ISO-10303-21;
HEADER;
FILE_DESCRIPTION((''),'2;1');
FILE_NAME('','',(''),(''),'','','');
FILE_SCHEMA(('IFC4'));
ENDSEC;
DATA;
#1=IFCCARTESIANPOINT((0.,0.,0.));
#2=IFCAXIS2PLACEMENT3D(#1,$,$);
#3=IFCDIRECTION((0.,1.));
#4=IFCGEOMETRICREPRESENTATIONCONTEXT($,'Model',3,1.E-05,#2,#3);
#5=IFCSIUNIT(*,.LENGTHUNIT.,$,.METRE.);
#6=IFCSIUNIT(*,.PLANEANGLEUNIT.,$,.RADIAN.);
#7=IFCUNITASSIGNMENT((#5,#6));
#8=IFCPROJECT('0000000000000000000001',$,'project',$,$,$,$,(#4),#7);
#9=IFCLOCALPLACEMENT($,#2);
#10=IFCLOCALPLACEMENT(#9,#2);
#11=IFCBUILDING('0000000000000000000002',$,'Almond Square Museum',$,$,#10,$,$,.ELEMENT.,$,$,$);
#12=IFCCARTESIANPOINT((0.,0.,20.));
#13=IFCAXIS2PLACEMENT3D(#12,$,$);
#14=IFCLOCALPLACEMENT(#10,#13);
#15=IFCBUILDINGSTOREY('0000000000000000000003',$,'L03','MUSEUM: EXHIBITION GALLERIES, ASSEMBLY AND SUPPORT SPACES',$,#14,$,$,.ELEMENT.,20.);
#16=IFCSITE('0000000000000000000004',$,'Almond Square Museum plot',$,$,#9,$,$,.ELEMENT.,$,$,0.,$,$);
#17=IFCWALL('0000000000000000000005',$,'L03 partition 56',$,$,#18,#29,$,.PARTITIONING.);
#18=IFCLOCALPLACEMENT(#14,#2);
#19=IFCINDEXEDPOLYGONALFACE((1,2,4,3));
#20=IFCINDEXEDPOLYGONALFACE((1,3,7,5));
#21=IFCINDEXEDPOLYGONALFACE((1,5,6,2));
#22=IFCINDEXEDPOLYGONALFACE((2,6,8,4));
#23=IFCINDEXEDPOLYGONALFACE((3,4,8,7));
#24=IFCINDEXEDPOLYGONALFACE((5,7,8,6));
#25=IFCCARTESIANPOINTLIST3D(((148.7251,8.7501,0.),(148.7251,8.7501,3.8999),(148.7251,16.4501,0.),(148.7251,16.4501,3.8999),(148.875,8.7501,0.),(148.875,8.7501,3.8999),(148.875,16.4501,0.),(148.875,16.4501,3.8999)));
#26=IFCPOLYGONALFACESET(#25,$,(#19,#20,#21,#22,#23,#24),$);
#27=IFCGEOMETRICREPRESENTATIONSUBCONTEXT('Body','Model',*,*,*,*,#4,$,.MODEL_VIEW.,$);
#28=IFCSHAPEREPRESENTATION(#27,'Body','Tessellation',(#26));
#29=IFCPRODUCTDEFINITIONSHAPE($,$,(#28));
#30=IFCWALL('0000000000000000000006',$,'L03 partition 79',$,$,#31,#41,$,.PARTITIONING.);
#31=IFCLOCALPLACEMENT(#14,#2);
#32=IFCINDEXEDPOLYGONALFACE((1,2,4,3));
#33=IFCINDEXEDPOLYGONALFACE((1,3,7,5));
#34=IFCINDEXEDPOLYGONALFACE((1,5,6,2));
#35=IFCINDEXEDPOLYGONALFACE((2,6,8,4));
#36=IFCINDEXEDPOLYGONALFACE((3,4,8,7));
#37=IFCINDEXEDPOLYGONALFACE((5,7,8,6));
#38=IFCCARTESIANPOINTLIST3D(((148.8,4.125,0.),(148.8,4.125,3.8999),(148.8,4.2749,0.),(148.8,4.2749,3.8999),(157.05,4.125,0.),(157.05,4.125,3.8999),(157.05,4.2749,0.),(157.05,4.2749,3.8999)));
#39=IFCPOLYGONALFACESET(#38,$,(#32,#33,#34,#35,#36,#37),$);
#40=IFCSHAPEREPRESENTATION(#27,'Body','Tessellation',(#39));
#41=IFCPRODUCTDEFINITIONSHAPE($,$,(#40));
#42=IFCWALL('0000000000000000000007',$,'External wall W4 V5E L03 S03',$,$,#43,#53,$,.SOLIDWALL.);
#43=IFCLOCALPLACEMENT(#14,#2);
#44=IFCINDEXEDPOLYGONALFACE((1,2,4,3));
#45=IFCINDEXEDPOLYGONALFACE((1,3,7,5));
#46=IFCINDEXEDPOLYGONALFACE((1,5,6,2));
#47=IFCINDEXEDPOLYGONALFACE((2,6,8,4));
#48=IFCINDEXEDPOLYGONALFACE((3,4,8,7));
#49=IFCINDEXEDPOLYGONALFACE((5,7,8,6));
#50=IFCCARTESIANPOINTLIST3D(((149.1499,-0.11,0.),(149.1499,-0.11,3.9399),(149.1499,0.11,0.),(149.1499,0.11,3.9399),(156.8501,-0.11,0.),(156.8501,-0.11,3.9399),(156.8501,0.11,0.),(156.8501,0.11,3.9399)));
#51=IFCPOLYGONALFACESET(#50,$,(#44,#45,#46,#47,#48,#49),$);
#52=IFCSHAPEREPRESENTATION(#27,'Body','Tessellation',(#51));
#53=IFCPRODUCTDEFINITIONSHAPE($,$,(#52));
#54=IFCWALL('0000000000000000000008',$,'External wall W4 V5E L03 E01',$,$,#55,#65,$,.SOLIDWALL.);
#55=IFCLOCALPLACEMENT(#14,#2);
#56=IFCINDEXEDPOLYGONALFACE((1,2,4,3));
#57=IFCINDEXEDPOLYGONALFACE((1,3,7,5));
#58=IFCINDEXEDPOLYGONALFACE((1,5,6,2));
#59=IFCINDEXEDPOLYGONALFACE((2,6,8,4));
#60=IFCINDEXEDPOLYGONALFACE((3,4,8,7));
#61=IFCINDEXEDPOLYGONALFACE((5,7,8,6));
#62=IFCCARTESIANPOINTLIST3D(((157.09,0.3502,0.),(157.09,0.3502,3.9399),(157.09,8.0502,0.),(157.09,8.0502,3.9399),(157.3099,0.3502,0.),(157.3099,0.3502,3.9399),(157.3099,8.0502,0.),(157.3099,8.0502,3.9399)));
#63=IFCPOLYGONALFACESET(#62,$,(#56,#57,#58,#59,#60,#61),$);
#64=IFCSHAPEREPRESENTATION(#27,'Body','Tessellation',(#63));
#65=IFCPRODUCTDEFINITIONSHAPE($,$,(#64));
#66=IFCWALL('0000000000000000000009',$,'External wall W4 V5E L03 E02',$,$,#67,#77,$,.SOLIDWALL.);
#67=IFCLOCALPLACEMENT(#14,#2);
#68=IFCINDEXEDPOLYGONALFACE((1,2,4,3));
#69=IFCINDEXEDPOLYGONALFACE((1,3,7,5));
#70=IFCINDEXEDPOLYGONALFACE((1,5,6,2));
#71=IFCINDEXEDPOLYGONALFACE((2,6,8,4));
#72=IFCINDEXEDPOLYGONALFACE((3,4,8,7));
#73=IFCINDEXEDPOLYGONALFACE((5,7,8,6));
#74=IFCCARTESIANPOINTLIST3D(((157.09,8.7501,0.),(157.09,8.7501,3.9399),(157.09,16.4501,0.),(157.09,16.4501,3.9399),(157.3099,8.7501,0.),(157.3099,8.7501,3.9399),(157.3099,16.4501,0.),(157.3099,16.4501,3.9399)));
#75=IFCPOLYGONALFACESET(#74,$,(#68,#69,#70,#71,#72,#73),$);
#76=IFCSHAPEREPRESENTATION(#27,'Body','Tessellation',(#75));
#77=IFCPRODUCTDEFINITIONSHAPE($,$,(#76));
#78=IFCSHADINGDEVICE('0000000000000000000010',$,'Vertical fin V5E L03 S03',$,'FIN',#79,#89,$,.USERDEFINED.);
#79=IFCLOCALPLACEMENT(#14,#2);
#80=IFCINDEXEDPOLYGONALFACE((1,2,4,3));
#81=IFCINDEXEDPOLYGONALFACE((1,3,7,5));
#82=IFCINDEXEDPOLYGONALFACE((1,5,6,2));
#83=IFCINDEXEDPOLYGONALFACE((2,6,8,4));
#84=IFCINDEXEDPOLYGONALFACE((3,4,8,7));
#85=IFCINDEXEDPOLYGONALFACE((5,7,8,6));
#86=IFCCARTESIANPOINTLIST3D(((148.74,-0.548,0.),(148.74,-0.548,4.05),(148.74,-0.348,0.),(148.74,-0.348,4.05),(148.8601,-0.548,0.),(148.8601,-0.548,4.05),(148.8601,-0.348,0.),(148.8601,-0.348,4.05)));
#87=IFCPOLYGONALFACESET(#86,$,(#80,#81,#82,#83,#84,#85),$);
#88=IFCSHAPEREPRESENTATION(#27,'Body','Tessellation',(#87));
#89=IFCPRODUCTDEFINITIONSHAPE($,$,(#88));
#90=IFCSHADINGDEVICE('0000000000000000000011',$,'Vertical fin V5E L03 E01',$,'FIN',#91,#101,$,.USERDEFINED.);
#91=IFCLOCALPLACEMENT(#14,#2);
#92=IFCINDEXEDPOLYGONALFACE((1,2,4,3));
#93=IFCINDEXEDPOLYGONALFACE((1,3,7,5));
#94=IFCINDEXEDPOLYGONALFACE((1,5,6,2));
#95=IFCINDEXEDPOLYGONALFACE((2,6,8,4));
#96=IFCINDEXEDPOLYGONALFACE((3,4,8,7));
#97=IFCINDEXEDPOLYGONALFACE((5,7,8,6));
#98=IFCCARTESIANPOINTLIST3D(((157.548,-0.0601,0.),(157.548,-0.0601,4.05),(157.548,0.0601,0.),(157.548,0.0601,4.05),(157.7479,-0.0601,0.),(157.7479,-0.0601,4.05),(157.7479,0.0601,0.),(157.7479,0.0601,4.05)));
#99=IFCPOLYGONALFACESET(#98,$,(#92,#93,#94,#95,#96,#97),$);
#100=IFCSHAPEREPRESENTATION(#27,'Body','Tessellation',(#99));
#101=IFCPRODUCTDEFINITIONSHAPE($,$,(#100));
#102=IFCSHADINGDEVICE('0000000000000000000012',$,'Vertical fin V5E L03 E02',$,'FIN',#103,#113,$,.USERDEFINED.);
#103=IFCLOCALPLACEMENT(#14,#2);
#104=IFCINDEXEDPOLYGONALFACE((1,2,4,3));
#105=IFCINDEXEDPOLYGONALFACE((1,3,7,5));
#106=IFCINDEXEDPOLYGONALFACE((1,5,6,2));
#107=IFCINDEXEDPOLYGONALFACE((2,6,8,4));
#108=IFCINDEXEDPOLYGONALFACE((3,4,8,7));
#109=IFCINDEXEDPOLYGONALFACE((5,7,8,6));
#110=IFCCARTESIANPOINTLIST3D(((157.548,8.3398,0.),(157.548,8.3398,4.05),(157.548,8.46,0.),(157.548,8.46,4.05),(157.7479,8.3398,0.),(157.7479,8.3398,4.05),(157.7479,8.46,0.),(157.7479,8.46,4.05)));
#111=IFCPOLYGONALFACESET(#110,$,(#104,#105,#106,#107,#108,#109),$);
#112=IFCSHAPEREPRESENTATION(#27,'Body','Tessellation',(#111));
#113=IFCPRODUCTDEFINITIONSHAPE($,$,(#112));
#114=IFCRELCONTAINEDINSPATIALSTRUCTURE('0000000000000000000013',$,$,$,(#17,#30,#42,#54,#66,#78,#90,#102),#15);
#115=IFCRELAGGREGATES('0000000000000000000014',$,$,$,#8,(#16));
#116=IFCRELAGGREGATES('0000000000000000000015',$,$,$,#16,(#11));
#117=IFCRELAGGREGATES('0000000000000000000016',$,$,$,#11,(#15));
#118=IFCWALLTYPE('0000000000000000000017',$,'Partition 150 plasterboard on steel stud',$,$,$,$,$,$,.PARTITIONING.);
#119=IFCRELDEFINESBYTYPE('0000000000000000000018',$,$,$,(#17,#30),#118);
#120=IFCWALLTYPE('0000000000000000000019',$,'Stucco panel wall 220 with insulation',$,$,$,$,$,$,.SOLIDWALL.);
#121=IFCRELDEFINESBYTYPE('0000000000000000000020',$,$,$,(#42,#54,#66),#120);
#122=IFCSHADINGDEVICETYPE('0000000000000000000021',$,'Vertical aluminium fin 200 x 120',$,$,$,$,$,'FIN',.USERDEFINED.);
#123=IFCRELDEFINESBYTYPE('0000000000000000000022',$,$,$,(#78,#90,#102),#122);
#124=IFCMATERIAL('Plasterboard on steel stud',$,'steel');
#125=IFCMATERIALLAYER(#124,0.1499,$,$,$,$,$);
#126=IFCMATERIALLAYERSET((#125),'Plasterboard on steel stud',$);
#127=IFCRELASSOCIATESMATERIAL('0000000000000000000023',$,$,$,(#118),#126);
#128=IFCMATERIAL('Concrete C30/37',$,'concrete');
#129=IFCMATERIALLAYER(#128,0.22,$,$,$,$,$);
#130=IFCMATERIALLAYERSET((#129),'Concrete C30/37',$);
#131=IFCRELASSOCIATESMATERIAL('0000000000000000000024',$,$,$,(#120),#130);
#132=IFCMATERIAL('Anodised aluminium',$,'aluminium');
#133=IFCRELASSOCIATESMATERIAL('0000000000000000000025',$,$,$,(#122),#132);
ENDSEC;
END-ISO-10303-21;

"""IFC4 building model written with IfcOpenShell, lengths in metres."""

from ifc_helpers import new_model, si_unit, direction, frame, frame_2d, origin, origin_2d, place, context, subcontext, project, spatial, rectangle, extrude, material, layer, layer_set, material_profile, profile_set, type_object, element, save


model = new_model("IFC4")

# Units and contexts
model_context = context("Model", 3, precision=1e-05, world=origin(), true_north=direction((0.0, 1.0)))
body_context = subcontext(model_context, "Body", "Model", "MODEL_VIEW")
ifc_project = project(units=[si_unit("LENGTHUNIT", "METRE"), si_unit("PLANEANGLEUNIT", "RADIAN")], contexts=[model_context])

# Site, building, storey
site_placement = place(None, origin())
site = spatial("IfcSite", under=ifc_project, at=site_placement, Name="Almond Square Museum plot", CompositionType="ELEMENT", RefElevation=0.0)
building_placement = place(site_placement, origin())
building = spatial("IfcBuilding", under=site, at=building_placement, Name="Almond Square Museum", CompositionType="ELEMENT")
storey_placement = place(building_placement, frame((0.0, 0.0, 20.0)))
storey = spatial("IfcBuildingStorey", under=building, at=storey_placement, Name="L03", Description="MUSEUM: EXHIBITION GALLERIES, ASSEMBLY AND SUPPORT SPACES", CompositionType="ELEMENT", Elevation=20.0)

# Walls
ifc_material_1 = material(Name="Plasterboard on steel stud", Category="steel")
ifc_layer_1 = layer(ifc_material_1, 0.1499)
ifc_layer_set_1 = layer_set([ifc_layer_1], Name="Plasterboard on steel stud")
wall_type_1 = type_object("IfcWallType", Name="Partition 150 plasterboard on steel stud", PredefinedType="PARTITIONING", material=ifc_layer_set_1)
wall_1_placement = place(storey_placement, frame((148.8, 8.75, 0.0), z_axis=(0.0, 0.0, 1.0), x_axis=(0.0, 1.0, 0.0)))
element("IfcWall", 1, at=wall_1_placement, inside=storey, type_object=wall_type_1, Name="L03 partition 56", PredefinedType="PARTITIONING", context=body_context, shape_type="SweptSolid", body=[
    extrude(rectangle(XDim=7.7, YDim=0.1499, at=frame_2d((3.8501, 0.0))), origin(), (0.0, 0.0, 1.0), 3.8999),
])
wall_2_placement = place(storey_placement, frame((148.8, 4.2, 0.0), z_axis=(0.0, 0.0, 1.0), x_axis=(1.0, 0.0, 0.0)))
element("IfcWall", 2, at=wall_2_placement, inside=storey, type_object=wall_type_1, Name="L03 partition 79", PredefinedType="PARTITIONING", context=body_context, shape_type="SweptSolid", body=[
    extrude(rectangle(XDim=8.25, YDim=0.1499, at=frame_2d((4.125, 0.0))), origin(), (0.0, 0.0, 1.0), 3.8999),
])
ifc_material_2 = material(Name="Concrete C30/37", Category="concrete")
ifc_layer_2 = layer(ifc_material_2, 0.22)
ifc_layer_set_2 = layer_set([ifc_layer_2], Name="Concrete C30/37")
wall_type_2 = type_object("IfcWallType", Name="Stucco panel wall 220 with insulation", PredefinedType="SOLIDWALL", material=ifc_layer_set_2)
wall_3_placement = place(storey_placement, frame((149.1499, 0.0, 0.0), z_axis=(0.0, 0.0, 1.0), x_axis=(1.0, 0.0, 0.0)))
element("IfcWall", 3, at=wall_3_placement, inside=storey, type_object=wall_type_2, Name="External wall W4 V5E L03 S03", PredefinedType="SOLIDWALL", context=body_context, shape_type="SweptSolid", body=[
    extrude(rectangle(XDim=7.7002, YDim=0.22, at=frame_2d((3.8501, 0.0))), origin(), (0.0, 0.0, 1.0), 3.9399),
])
for number, where, z_axis, x_axis, name in (
    (4, (157.2, 0.3501, 0.0), (0.0, 0.0, 1.0), (0.0, 1.0, 0.0), "External wall W4 V5E L03 E01"),
    (5, (157.2, 8.75, 0.0), (0.0, 0.0, 1.0), (0.0, 1.0, 0.0), "External wall W4 V5E L03 E02"),
):
    element("IfcWall", number, at=place(storey_placement, frame(where, z_axis=z_axis, x_axis=x_axis)), inside=storey, type_object=wall_type_2, Name=name, PredefinedType="SOLIDWALL", context=body_context, shape_type="SweptSolid", body=[
        extrude(rectangle(XDim=7.7, YDim=0.22, at=frame_2d((3.8501, 0.0))), origin(), (0.0, 0.0, 1.0), 3.9399),
    ])

# Shading devices
ifc_material_3 = material(Name="Anodised aluminium", Category="aluminium")
ifc_material_profile_1 = material_profile(ifc_material_3, rectangle(XDim=0.2, YDim=0.1201, at=origin_2d()))
ifc_profile_set_1 = profile_set([ifc_material_profile_1], Name="Anodised aluminium")
shading_device_type = type_object("IfcShadingDeviceType", Name="Vertical aluminium fin 200 x 120", ElementType="FIN", PredefinedType="USERDEFINED", material=ifc_profile_set_1)
for number, where, z_axis, x_axis, name in (
    (6, (148.8, -0.448, 0.0), (0.0, 0.0, 1.0), (0.0, -1.0, 0.0), "Vertical fin V5E L03 S03"),
    (7, (157.6479, 0.0, 0.0), (0.0, 0.0, 1.0), (1.0, 0.0, 0.0), "Vertical fin V5E L03 E01"),
    (8, (157.6479, 8.3999, 0.0), (0.0, 0.0, 1.0), (1.0, 0.0, 0.0), "Vertical fin V5E L03 E02"),
):
    element("IfcShadingDevice", number, at=place(storey_placement, frame(where, z_axis=z_axis, x_axis=x_axis)), inside=storey, type_object=shading_device_type, Name=name, ObjectType="FIN", PredefinedType="USERDEFINED", context=body_context, shape_type="SweptSolid", body=[
        extrude(rectangle(XDim=0.2, YDim=0.1201, at=origin_2d()), origin(), (0.0, 0.0, 1.0), 4.05),
    ])

save(model, "model.ifc")
